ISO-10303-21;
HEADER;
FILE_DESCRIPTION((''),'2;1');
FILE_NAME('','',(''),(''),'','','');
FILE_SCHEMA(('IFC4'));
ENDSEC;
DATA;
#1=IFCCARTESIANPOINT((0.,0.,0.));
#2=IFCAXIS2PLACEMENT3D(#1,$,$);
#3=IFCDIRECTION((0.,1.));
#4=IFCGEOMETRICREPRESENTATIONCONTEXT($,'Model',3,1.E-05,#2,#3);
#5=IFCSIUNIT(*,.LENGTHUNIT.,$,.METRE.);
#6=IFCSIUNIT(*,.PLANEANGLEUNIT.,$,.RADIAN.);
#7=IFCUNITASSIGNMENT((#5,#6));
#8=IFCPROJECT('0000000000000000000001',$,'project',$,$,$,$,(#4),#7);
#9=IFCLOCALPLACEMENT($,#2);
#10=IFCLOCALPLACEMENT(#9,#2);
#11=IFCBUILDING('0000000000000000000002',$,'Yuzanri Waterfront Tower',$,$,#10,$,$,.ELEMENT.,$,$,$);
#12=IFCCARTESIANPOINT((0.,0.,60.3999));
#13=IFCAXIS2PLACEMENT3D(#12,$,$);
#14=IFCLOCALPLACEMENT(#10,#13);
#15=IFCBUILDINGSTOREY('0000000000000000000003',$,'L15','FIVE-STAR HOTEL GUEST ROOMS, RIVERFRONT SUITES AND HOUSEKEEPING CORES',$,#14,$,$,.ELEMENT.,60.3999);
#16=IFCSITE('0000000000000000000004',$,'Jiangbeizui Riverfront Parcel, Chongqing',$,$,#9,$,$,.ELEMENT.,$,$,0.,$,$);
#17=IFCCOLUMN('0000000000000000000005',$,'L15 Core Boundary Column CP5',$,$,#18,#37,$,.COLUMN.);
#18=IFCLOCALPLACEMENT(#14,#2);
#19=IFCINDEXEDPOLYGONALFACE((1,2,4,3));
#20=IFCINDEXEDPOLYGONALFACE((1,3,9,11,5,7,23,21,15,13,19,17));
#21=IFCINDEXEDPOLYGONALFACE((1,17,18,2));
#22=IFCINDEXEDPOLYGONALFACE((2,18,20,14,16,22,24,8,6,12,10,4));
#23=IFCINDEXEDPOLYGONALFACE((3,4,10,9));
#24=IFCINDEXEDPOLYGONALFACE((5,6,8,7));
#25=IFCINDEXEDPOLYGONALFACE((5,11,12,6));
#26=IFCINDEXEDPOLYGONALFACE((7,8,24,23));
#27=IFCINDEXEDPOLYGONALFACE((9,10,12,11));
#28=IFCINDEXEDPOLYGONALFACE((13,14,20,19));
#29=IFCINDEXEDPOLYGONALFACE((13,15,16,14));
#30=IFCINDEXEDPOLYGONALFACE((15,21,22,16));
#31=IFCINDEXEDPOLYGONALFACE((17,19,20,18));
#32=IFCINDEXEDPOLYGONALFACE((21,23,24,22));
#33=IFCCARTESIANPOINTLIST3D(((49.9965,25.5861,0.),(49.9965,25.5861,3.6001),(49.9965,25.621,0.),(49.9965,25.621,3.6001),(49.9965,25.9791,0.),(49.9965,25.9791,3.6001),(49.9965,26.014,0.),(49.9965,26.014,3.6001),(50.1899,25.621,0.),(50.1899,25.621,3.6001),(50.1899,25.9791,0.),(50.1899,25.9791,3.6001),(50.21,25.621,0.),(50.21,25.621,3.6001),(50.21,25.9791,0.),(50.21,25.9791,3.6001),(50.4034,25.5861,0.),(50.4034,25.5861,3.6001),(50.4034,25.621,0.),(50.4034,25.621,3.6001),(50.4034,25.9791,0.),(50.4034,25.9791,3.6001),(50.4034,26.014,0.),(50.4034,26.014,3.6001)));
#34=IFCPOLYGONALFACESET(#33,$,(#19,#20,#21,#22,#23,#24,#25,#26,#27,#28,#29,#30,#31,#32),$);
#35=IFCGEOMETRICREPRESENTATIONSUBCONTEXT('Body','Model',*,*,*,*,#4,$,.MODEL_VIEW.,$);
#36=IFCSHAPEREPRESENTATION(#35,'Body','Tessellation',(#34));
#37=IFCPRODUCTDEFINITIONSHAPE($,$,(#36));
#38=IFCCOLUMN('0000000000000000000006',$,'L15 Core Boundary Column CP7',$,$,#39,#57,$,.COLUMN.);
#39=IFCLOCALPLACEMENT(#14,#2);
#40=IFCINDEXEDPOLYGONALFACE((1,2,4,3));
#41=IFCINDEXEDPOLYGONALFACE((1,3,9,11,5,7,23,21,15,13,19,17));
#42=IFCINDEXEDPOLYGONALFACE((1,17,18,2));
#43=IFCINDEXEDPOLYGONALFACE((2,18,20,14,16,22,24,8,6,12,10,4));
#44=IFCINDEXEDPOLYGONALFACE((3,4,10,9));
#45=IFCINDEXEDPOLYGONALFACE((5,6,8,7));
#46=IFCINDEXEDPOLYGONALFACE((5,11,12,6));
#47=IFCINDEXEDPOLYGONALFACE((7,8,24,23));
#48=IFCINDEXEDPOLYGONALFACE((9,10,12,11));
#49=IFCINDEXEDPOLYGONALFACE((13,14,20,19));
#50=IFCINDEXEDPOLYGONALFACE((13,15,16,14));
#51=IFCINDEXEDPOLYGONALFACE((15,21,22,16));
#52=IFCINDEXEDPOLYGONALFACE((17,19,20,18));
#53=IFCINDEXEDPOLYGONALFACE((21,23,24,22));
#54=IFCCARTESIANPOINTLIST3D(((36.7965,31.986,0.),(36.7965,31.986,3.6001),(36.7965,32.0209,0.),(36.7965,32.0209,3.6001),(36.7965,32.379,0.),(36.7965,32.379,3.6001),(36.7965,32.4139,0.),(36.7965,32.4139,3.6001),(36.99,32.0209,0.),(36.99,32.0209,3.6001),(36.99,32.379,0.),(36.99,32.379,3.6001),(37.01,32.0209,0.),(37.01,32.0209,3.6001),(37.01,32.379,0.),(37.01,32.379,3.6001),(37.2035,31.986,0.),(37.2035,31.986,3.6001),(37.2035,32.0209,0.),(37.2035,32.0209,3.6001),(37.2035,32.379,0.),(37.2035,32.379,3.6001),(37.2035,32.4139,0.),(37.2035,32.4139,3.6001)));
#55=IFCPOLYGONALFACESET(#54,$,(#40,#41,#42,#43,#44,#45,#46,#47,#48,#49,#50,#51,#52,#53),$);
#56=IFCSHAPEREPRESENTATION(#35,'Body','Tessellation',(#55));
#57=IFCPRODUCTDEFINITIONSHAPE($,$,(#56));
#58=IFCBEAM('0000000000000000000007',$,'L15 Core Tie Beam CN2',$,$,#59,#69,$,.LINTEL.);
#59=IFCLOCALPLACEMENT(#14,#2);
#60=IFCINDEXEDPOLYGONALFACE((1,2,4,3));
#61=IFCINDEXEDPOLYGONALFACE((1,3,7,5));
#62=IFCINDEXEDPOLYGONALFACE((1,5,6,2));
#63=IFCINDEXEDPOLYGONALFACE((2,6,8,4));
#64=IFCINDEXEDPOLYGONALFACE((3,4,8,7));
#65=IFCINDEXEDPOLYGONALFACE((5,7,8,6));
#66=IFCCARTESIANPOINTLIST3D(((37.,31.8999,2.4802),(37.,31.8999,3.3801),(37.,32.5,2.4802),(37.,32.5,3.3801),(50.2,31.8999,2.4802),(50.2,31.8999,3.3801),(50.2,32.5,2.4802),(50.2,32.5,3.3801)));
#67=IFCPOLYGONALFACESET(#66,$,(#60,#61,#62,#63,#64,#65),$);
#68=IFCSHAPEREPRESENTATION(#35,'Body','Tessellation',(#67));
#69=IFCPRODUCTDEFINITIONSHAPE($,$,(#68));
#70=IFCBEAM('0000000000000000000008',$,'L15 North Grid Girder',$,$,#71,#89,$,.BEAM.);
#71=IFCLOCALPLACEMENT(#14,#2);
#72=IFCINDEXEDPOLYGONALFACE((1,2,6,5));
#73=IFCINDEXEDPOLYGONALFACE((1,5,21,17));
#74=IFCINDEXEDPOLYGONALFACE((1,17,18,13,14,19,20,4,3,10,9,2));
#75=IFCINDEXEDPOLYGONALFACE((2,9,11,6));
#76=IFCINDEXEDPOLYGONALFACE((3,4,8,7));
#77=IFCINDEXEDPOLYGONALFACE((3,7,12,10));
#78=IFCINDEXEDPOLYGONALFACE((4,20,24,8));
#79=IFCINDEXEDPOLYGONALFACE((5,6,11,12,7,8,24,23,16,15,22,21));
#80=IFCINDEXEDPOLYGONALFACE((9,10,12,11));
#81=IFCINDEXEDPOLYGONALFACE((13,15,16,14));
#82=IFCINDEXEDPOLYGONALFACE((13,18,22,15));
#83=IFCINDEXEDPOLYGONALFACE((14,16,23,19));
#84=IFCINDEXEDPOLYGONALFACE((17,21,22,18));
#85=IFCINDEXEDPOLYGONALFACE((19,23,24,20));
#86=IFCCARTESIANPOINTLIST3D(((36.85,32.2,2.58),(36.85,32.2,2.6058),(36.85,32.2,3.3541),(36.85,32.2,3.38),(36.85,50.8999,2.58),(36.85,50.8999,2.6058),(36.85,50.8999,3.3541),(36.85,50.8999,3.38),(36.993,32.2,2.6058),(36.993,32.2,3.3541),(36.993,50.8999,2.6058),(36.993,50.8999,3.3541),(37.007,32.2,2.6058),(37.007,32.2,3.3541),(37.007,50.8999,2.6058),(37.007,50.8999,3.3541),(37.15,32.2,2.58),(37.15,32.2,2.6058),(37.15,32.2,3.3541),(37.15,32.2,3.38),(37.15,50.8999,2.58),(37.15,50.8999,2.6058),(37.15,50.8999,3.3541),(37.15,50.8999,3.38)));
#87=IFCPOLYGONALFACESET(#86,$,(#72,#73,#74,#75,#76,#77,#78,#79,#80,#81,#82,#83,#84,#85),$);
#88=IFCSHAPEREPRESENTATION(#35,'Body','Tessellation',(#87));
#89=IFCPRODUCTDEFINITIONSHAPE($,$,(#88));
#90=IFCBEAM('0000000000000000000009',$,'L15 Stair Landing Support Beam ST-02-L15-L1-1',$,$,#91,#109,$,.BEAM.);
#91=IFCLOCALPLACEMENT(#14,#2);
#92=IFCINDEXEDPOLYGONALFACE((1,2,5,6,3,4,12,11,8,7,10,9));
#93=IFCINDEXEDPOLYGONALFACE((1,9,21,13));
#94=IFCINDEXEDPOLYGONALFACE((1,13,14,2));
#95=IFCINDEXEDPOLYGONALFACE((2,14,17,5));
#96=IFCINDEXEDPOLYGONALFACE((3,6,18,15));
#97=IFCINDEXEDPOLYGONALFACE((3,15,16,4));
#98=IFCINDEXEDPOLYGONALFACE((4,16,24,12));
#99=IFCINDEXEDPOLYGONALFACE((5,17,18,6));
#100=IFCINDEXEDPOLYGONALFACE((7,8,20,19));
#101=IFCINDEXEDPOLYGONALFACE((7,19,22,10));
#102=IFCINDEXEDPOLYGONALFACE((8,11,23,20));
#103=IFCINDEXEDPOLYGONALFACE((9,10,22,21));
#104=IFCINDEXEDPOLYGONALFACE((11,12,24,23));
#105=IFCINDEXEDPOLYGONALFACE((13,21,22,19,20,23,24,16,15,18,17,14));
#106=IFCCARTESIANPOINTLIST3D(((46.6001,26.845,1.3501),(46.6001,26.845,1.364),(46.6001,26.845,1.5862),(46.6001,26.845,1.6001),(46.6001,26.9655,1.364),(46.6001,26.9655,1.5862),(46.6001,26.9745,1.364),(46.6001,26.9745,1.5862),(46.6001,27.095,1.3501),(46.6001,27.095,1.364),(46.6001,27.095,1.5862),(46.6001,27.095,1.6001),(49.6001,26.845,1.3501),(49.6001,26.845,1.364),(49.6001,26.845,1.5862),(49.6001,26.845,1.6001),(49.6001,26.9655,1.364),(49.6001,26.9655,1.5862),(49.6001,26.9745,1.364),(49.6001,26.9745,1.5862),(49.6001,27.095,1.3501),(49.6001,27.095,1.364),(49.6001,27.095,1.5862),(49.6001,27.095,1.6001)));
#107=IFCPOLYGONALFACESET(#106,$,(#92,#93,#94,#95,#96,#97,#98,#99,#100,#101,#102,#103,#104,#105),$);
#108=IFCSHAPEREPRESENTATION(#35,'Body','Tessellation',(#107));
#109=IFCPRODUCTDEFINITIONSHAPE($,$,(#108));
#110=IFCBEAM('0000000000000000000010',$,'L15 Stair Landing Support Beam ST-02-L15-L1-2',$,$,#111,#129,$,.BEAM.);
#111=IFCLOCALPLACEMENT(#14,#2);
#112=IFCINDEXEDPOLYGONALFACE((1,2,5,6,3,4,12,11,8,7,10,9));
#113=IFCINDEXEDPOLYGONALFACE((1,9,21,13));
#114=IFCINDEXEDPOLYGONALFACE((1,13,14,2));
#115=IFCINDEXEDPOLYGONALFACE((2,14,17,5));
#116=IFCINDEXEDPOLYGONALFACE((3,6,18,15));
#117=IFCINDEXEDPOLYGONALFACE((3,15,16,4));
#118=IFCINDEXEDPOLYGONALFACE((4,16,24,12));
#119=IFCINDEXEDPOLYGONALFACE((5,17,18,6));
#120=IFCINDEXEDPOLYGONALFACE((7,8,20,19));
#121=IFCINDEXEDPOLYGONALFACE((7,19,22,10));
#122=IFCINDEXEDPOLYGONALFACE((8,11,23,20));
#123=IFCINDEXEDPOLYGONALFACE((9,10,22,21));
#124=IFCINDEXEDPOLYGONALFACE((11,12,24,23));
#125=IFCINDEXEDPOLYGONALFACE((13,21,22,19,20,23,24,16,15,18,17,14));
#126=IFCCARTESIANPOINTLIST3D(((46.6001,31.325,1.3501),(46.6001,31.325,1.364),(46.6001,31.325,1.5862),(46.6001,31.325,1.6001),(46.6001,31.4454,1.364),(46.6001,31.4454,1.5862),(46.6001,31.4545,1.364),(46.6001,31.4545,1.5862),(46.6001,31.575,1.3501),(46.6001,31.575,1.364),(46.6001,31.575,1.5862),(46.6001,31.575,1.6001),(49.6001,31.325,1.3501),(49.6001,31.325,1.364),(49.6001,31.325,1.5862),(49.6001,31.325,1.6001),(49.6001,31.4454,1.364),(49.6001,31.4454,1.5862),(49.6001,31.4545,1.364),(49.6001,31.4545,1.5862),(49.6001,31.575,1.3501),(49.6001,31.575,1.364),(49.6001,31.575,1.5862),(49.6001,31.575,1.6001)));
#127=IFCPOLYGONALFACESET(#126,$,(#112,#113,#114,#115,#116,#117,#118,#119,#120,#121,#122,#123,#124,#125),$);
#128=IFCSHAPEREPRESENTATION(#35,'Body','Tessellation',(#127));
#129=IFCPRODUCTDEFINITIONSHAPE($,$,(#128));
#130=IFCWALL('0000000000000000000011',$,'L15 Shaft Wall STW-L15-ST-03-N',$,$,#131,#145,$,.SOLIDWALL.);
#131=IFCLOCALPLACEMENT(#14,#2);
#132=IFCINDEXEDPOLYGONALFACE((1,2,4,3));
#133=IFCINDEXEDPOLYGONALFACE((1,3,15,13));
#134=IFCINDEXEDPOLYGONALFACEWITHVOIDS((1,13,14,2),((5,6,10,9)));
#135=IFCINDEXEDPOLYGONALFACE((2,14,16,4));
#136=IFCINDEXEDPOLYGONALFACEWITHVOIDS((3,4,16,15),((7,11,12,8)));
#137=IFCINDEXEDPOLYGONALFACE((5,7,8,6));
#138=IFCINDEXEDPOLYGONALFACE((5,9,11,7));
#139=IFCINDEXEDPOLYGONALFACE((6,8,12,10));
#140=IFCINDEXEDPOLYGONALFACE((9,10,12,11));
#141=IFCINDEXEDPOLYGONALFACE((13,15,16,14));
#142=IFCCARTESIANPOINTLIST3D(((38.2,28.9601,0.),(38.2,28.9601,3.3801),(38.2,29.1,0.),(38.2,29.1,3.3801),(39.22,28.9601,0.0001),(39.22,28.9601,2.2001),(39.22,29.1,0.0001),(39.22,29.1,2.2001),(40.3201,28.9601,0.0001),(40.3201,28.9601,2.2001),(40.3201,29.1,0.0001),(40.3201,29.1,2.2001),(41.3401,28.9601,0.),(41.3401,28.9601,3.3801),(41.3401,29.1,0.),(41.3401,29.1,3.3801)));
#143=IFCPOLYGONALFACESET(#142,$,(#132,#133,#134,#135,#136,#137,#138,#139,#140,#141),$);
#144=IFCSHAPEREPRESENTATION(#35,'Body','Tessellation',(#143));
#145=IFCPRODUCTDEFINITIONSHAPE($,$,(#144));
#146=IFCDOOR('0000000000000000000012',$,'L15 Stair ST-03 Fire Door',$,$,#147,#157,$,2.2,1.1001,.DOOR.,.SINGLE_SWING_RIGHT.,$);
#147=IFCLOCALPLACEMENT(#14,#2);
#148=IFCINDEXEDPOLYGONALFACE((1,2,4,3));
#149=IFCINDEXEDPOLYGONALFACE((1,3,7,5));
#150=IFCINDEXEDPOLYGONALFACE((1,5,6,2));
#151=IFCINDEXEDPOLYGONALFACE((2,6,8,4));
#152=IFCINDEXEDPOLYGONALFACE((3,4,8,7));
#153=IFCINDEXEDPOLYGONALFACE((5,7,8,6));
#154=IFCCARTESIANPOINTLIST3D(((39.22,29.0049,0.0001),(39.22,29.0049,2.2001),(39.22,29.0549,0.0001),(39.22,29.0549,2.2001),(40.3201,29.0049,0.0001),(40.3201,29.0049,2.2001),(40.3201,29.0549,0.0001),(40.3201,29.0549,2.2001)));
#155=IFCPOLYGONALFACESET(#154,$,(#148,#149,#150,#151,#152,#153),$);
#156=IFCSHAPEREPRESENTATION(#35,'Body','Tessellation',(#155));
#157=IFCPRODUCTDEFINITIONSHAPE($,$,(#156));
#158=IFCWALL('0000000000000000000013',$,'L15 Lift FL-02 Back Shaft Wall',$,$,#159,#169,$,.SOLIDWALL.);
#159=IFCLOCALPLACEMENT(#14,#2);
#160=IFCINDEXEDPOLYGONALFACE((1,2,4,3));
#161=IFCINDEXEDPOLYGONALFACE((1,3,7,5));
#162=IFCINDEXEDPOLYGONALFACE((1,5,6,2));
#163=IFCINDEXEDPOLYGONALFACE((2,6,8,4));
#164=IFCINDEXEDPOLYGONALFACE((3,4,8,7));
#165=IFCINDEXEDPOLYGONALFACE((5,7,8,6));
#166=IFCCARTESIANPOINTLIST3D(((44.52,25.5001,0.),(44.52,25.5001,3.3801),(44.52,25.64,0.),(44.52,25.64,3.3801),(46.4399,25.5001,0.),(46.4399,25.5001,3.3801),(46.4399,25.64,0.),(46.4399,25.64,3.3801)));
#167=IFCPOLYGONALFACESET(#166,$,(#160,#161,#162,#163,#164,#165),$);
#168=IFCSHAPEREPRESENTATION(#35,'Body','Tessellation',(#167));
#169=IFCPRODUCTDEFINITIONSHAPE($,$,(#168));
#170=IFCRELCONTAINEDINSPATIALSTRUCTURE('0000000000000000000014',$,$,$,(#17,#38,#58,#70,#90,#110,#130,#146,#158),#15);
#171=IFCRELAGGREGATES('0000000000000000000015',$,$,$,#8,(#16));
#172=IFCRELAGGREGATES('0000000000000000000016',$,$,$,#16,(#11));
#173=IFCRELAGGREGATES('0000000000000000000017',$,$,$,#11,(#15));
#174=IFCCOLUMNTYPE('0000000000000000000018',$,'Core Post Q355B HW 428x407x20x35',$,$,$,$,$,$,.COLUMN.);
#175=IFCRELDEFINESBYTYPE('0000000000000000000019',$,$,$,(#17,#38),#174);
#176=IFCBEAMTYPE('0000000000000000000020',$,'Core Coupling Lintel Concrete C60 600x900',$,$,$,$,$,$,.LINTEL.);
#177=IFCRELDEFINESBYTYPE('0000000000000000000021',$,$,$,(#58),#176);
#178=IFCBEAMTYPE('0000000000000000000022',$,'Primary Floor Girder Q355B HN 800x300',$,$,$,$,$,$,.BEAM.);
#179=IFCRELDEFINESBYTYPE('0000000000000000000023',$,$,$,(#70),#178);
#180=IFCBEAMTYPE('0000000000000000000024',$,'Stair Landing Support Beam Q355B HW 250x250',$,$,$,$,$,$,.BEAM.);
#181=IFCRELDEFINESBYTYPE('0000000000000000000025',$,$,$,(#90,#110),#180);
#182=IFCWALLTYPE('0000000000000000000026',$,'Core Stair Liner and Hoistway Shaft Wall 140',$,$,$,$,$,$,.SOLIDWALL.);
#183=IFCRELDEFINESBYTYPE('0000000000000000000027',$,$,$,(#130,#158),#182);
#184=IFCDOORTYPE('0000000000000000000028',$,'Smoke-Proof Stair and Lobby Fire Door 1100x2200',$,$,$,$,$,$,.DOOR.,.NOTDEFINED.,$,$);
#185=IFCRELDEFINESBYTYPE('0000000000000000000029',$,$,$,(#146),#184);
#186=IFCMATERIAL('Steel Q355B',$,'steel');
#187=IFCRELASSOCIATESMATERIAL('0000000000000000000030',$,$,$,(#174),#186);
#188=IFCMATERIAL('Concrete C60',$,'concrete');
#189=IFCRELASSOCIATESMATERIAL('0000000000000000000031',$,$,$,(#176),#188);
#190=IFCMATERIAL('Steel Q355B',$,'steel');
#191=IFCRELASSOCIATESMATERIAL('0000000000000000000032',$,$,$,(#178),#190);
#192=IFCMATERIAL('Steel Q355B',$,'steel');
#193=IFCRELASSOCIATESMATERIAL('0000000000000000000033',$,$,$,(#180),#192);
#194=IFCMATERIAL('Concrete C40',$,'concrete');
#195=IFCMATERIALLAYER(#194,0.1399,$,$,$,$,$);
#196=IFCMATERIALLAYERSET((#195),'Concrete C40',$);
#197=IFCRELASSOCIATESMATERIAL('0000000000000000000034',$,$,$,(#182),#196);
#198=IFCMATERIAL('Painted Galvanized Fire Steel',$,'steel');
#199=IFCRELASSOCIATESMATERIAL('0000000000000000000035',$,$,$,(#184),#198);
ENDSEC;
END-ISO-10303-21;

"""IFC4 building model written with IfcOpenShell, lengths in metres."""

from ifc_helpers import new_model, si_unit, direction, frame, frame_2d, origin, origin_2d, place, context, subcontext, project, spatial, rectangle, i_section, extrude, source, transform, mapped, material, layer, layer_set, material_profile, profile_set, type_object, element, fill, save


model = new_model("IFC4")

# Units and contexts
model_context = context("Model", 3, precision=1e-05, world=origin(), true_north=direction((0.0, 1.0)))
body_context = subcontext(model_context, "Body", "Model", "MODEL_VIEW")
ifc_project = project(units=[si_unit("LENGTHUNIT", "METRE"), si_unit("PLANEANGLEUNIT", "RADIAN")], contexts=[model_context])

# Site, building, storey
site_placement = place(None, origin())
site = spatial("IfcSite", under=ifc_project, at=site_placement, Name="Jiangbeizui Riverfront Parcel, Chongqing", CompositionType="ELEMENT", RefElevation=0.0)
building_placement = place(site_placement, origin())
building = spatial("IfcBuilding", under=site, at=building_placement, Name="Yuzanri Waterfront Tower", CompositionType="ELEMENT")
storey_placement = place(building_placement, frame((0.0, 0.0, 60.3999)))
storey = spatial("IfcBuildingStorey", under=building, at=storey_placement, Name="L15", Description="FIVE-STAR HOTEL GUEST ROOMS, RIVERFRONT SUITES AND HOUSEKEEPING CORES", CompositionType="ELEMENT", Elevation=60.3999)

# Columns
ifc_material_1 = material(Name="Steel Q355B", Category="steel")
ifc_material_profile_1 = material_profile(ifc_material_1, i_section(OverallWidth=0.407, OverallDepth=0.428, WebThickness=0.02, FlangeThickness=0.0349, at=origin_2d()), Name="HW 428x407x20x35")
ifc_profile_set_1 = profile_set([ifc_material_profile_1], Name="Steel Q355B")
column_type = type_object("IfcColumnType", Name="Core Post Q355B HW 428x407x20x35", PredefinedType="COLUMN", material=ifc_profile_set_1)
shared_shape_1 = source(origin(), body_context, "Body", "SweptSolid", [
    extrude(i_section(OverallWidth=0.407, OverallDepth=0.428, WebThickness=0.02, FlangeThickness=0.0349, at=origin_2d()), origin(), (0.0, 0.0, 1.0), 3.6001),
])
for number, where, z_axis, x_axis, name in (
    (1, (50.2, 25.8, 0.0), (0.0, 0.0, 1.0), (1.0, 0.0, 0.0), "L15 Core Boundary Column CP5"),
    (2, (37.0, 32.2, 0.0), (0.0, 0.0, 1.0), (1.0, 0.0, 0.0), "L15 Core Boundary Column CP7"),
):
    element("IfcColumn", number, at=place(storey_placement, frame(where, z_axis=z_axis, x_axis=x_axis)), inside=storey, type_object=column_type, Name=name, PredefinedType="COLUMN", context=body_context, shape_type="MappedRepresentation", body=[
        mapped(shared_shape_1, transform((0.0, 0.0, 0.0), scale=1.0)),
    ])

# Beams
ifc_material_2 = material(Name="Concrete C60", Category="concrete")
ifc_material_profile_2 = material_profile(ifc_material_2, rectangle(XDim=0.6001, YDim=0.8999, at=origin_2d()), Name="RC 600x900")
ifc_profile_set_2 = profile_set([ifc_material_profile_2], Name="Concrete C60")
beam_type_1 = type_object("IfcBeamType", Name="Core Coupling Lintel Concrete C60 600x900", PredefinedType="LINTEL", material=ifc_profile_set_2)
shared_shape_2 = source(origin(), body_context, "Body", "SweptSolid", [
    extrude(rectangle(XDim=0.6001, YDim=0.8999, at=origin_2d()), origin(), (0.0, 0.0, 1.0), 13.2),
])
beam_1_placement = place(storey_placement, frame((37.0, 32.2, 2.9302), z_axis=(1.0, 0.0, 0.0), x_axis=(0.0, 1.0, 0.0)))
element("IfcBeam", 3, at=beam_1_placement, inside=storey, type_object=beam_type_1, Name="L15 Core Tie Beam CN2", PredefinedType="LINTEL", context=body_context, shape_type="MappedRepresentation", body=[
    mapped(shared_shape_2, transform((0.0, 0.0, 0.0), scale=1.0)),
])
ifc_material_3 = material(Name="Steel Q355B", Category="steel")
ifc_material_profile_3 = material_profile(ifc_material_3, i_section(OverallWidth=0.3, OverallDepth=0.8, WebThickness=0.0139, FlangeThickness=0.0259, at=origin_2d()), Name="HN 800x300x14x26")
ifc_profile_set_3 = profile_set([ifc_material_profile_3], Name="Steel Q355B")
beam_type_2 = type_object("IfcBeamType", Name="Primary Floor Girder Q355B HN 800x300", PredefinedType="BEAM", material=ifc_profile_set_3)
shared_shape_3 = source(origin(), body_context, "Body", "SweptSolid", [
    extrude(i_section(OverallWidth=0.3, OverallDepth=0.8, WebThickness=0.0139, FlangeThickness=0.0259, at=origin_2d()), origin(), (0.0, 0.0, 1.0), 18.7),
])
beam_2_placement = place(storey_placement, frame((37.0, 32.2, 2.98), z_axis=(0.0, 1.0, 0.0), x_axis=(-1.0, 0.0, 0.0)))
element("IfcBeam", 4, at=beam_2_placement, inside=storey, type_object=beam_type_2, Name="L15 North Grid Girder", PredefinedType="BEAM", context=body_context, shape_type="MappedRepresentation", body=[
    mapped(shared_shape_3, transform((0.0, 0.0, 0.0), scale=1.0)),
])
ifc_material_4 = material(Name="Steel Q355B", Category="steel")
ifc_material_profile_4 = material_profile(ifc_material_4, i_section(OverallWidth=0.25, OverallDepth=0.25, WebThickness=0.009, FlangeThickness=0.0139, at=origin_2d()), Name="HW 250x250x9x14")
ifc_profile_set_4 = profile_set([ifc_material_profile_4], Name="Steel Q355B")
beam_type_3 = type_object("IfcBeamType", Name="Stair Landing Support Beam Q355B HW 250x250", PredefinedType="BEAM", material=ifc_profile_set_4)
shared_shape_4 = source(origin(), body_context, "Body", "SweptSolid", [
    extrude(i_section(OverallWidth=0.25, OverallDepth=0.25, WebThickness=0.009, FlangeThickness=0.0139, at=origin_2d()), origin(), (0.0, 0.0, 1.0), 3.0),
])
for number, where, z_axis, x_axis, name in (
    (5, (46.6001, 26.97, 1.4751), (1.0, 0.0, 0.0), (0.0, 1.0, 0.0), "L15 Stair Landing Support Beam ST-02-L15-L1-1"),
    (6, (46.6001, 31.45, 1.4751), (1.0, 0.0, 0.0), (0.0, 1.0, 0.0), "L15 Stair Landing Support Beam ST-02-L15-L1-2"),
):
    element("IfcBeam", number, at=place(storey_placement, frame(where, z_axis=z_axis, x_axis=x_axis)), inside=storey, type_object=beam_type_3, Name=name, PredefinedType="BEAM", context=body_context, shape_type="MappedRepresentation", body=[
        mapped(shared_shape_4, transform((0.0, 0.0, 0.0), scale=1.0)),
    ])

# Wall, opening, door
ifc_material_5 = material(Name="Concrete C40", Category="concrete")
ifc_layer_1 = layer(ifc_material_5, 0.1399)
ifc_layer_set_1 = layer_set([ifc_layer_1], Name="Concrete C40")
wall_type = type_object("IfcWallType", Name="Core Stair Liner and Hoistway Shaft Wall 140", PredefinedType="SOLIDWALL", material=ifc_layer_set_1)
wall_1_placement = place(storey_placement, frame((38.2, 29.03, 0.0), z_axis=(0.0, 0.0, 1.0), x_axis=(1.0, 0.0, 0.0)))
wall_1 = element("IfcWall", 7, at=wall_1_placement, inside=storey, type_object=wall_type, Name="L15 Shaft Wall STW-L15-ST-03-N", PredefinedType="SOLIDWALL", context=body_context, shape_type="SweptSolid", body=[
    extrude(rectangle(XDim=3.1401, YDim=0.1399, at=frame_2d((1.5701, 0.0))), origin(), (0.0, 0.0, 1.0), 3.3801),
])
opening_placement = place(wall_1_placement, frame((1.02, 0.0, 0.0)))
opening = element("IfcOpeningElement", 8, at=opening_placement, cuts=wall_1, PredefinedType="OPENING", context=body_context, shape_type="SweptSolid", body=[
    extrude(rectangle(XDim=1.1001, YDim=2.2, at=frame_2d((0.55, 1.1001))), frame((0.0, 0.085, 0.0), z_axis=(0.0, -1.0, 0.0), x_axis=(1.0, 0.0, 0.0)), (0.0, 0.0, 1.0), 0.1697),
])
ifc_material_6 = material(Name="Painted Galvanized Fire Steel", Category="steel")
door_type = type_object("IfcDoorType", Name="Smoke-Proof Stair and Lobby Fire Door 1100x2200", OperationType="NOTDEFINED", PredefinedType="DOOR", material=ifc_material_6)
shared_shape_5 = source(origin(), body_context, "Body", "SweptSolid", [
    extrude(rectangle(XDim=1.1001, YDim=2.2, at=frame_2d((0.55, 1.1001))), frame((0.0, 0.0249, 0.0), z_axis=(0.0, -1.0, 0.0), x_axis=(1.0, 0.0, 0.0)), (0.0, 0.0, 1.0), 0.05),
])
door_placement = place(opening_placement, origin())
door = element("IfcDoor", 9, at=door_placement, inside=storey, type_object=door_type, Name="L15 Stair ST-03 Fire Door", OperationType="SINGLE_SWING_RIGHT", OverallHeight=2.2, OverallWidth=1.1001, PredefinedType="DOOR", context=body_context, shape_type="MappedRepresentation", body=[
    mapped(shared_shape_5, transform((0.0, 0.0, 0.0), scale=1.0)),
])
fill(opening, door)

# Wall
shared_shape_6 = source(origin(), body_context, "Body", "SweptSolid", [
    extrude(rectangle(XDim=1.9199, YDim=0.1399, at=frame_2d((0.96, 0.0))), origin(), (0.0, 0.0, 1.0), 3.3801),
])
wall_2_placement = place(storey_placement, frame((44.52, 25.5701, 0.0), z_axis=(0.0, 0.0, 1.0), x_axis=(1.0, 0.0, 0.0)))
element("IfcWall", 10, at=wall_2_placement, inside=storey, type_object=wall_type, Name="L15 Lift FL-02 Back Shaft Wall", PredefinedType="SOLIDWALL", context=body_context, shape_type="MappedRepresentation", body=[
    mapped(shared_shape_6, transform((0.0, 0.0, 0.0), scale=1.0)),
])

save(model, "model.ifc")
